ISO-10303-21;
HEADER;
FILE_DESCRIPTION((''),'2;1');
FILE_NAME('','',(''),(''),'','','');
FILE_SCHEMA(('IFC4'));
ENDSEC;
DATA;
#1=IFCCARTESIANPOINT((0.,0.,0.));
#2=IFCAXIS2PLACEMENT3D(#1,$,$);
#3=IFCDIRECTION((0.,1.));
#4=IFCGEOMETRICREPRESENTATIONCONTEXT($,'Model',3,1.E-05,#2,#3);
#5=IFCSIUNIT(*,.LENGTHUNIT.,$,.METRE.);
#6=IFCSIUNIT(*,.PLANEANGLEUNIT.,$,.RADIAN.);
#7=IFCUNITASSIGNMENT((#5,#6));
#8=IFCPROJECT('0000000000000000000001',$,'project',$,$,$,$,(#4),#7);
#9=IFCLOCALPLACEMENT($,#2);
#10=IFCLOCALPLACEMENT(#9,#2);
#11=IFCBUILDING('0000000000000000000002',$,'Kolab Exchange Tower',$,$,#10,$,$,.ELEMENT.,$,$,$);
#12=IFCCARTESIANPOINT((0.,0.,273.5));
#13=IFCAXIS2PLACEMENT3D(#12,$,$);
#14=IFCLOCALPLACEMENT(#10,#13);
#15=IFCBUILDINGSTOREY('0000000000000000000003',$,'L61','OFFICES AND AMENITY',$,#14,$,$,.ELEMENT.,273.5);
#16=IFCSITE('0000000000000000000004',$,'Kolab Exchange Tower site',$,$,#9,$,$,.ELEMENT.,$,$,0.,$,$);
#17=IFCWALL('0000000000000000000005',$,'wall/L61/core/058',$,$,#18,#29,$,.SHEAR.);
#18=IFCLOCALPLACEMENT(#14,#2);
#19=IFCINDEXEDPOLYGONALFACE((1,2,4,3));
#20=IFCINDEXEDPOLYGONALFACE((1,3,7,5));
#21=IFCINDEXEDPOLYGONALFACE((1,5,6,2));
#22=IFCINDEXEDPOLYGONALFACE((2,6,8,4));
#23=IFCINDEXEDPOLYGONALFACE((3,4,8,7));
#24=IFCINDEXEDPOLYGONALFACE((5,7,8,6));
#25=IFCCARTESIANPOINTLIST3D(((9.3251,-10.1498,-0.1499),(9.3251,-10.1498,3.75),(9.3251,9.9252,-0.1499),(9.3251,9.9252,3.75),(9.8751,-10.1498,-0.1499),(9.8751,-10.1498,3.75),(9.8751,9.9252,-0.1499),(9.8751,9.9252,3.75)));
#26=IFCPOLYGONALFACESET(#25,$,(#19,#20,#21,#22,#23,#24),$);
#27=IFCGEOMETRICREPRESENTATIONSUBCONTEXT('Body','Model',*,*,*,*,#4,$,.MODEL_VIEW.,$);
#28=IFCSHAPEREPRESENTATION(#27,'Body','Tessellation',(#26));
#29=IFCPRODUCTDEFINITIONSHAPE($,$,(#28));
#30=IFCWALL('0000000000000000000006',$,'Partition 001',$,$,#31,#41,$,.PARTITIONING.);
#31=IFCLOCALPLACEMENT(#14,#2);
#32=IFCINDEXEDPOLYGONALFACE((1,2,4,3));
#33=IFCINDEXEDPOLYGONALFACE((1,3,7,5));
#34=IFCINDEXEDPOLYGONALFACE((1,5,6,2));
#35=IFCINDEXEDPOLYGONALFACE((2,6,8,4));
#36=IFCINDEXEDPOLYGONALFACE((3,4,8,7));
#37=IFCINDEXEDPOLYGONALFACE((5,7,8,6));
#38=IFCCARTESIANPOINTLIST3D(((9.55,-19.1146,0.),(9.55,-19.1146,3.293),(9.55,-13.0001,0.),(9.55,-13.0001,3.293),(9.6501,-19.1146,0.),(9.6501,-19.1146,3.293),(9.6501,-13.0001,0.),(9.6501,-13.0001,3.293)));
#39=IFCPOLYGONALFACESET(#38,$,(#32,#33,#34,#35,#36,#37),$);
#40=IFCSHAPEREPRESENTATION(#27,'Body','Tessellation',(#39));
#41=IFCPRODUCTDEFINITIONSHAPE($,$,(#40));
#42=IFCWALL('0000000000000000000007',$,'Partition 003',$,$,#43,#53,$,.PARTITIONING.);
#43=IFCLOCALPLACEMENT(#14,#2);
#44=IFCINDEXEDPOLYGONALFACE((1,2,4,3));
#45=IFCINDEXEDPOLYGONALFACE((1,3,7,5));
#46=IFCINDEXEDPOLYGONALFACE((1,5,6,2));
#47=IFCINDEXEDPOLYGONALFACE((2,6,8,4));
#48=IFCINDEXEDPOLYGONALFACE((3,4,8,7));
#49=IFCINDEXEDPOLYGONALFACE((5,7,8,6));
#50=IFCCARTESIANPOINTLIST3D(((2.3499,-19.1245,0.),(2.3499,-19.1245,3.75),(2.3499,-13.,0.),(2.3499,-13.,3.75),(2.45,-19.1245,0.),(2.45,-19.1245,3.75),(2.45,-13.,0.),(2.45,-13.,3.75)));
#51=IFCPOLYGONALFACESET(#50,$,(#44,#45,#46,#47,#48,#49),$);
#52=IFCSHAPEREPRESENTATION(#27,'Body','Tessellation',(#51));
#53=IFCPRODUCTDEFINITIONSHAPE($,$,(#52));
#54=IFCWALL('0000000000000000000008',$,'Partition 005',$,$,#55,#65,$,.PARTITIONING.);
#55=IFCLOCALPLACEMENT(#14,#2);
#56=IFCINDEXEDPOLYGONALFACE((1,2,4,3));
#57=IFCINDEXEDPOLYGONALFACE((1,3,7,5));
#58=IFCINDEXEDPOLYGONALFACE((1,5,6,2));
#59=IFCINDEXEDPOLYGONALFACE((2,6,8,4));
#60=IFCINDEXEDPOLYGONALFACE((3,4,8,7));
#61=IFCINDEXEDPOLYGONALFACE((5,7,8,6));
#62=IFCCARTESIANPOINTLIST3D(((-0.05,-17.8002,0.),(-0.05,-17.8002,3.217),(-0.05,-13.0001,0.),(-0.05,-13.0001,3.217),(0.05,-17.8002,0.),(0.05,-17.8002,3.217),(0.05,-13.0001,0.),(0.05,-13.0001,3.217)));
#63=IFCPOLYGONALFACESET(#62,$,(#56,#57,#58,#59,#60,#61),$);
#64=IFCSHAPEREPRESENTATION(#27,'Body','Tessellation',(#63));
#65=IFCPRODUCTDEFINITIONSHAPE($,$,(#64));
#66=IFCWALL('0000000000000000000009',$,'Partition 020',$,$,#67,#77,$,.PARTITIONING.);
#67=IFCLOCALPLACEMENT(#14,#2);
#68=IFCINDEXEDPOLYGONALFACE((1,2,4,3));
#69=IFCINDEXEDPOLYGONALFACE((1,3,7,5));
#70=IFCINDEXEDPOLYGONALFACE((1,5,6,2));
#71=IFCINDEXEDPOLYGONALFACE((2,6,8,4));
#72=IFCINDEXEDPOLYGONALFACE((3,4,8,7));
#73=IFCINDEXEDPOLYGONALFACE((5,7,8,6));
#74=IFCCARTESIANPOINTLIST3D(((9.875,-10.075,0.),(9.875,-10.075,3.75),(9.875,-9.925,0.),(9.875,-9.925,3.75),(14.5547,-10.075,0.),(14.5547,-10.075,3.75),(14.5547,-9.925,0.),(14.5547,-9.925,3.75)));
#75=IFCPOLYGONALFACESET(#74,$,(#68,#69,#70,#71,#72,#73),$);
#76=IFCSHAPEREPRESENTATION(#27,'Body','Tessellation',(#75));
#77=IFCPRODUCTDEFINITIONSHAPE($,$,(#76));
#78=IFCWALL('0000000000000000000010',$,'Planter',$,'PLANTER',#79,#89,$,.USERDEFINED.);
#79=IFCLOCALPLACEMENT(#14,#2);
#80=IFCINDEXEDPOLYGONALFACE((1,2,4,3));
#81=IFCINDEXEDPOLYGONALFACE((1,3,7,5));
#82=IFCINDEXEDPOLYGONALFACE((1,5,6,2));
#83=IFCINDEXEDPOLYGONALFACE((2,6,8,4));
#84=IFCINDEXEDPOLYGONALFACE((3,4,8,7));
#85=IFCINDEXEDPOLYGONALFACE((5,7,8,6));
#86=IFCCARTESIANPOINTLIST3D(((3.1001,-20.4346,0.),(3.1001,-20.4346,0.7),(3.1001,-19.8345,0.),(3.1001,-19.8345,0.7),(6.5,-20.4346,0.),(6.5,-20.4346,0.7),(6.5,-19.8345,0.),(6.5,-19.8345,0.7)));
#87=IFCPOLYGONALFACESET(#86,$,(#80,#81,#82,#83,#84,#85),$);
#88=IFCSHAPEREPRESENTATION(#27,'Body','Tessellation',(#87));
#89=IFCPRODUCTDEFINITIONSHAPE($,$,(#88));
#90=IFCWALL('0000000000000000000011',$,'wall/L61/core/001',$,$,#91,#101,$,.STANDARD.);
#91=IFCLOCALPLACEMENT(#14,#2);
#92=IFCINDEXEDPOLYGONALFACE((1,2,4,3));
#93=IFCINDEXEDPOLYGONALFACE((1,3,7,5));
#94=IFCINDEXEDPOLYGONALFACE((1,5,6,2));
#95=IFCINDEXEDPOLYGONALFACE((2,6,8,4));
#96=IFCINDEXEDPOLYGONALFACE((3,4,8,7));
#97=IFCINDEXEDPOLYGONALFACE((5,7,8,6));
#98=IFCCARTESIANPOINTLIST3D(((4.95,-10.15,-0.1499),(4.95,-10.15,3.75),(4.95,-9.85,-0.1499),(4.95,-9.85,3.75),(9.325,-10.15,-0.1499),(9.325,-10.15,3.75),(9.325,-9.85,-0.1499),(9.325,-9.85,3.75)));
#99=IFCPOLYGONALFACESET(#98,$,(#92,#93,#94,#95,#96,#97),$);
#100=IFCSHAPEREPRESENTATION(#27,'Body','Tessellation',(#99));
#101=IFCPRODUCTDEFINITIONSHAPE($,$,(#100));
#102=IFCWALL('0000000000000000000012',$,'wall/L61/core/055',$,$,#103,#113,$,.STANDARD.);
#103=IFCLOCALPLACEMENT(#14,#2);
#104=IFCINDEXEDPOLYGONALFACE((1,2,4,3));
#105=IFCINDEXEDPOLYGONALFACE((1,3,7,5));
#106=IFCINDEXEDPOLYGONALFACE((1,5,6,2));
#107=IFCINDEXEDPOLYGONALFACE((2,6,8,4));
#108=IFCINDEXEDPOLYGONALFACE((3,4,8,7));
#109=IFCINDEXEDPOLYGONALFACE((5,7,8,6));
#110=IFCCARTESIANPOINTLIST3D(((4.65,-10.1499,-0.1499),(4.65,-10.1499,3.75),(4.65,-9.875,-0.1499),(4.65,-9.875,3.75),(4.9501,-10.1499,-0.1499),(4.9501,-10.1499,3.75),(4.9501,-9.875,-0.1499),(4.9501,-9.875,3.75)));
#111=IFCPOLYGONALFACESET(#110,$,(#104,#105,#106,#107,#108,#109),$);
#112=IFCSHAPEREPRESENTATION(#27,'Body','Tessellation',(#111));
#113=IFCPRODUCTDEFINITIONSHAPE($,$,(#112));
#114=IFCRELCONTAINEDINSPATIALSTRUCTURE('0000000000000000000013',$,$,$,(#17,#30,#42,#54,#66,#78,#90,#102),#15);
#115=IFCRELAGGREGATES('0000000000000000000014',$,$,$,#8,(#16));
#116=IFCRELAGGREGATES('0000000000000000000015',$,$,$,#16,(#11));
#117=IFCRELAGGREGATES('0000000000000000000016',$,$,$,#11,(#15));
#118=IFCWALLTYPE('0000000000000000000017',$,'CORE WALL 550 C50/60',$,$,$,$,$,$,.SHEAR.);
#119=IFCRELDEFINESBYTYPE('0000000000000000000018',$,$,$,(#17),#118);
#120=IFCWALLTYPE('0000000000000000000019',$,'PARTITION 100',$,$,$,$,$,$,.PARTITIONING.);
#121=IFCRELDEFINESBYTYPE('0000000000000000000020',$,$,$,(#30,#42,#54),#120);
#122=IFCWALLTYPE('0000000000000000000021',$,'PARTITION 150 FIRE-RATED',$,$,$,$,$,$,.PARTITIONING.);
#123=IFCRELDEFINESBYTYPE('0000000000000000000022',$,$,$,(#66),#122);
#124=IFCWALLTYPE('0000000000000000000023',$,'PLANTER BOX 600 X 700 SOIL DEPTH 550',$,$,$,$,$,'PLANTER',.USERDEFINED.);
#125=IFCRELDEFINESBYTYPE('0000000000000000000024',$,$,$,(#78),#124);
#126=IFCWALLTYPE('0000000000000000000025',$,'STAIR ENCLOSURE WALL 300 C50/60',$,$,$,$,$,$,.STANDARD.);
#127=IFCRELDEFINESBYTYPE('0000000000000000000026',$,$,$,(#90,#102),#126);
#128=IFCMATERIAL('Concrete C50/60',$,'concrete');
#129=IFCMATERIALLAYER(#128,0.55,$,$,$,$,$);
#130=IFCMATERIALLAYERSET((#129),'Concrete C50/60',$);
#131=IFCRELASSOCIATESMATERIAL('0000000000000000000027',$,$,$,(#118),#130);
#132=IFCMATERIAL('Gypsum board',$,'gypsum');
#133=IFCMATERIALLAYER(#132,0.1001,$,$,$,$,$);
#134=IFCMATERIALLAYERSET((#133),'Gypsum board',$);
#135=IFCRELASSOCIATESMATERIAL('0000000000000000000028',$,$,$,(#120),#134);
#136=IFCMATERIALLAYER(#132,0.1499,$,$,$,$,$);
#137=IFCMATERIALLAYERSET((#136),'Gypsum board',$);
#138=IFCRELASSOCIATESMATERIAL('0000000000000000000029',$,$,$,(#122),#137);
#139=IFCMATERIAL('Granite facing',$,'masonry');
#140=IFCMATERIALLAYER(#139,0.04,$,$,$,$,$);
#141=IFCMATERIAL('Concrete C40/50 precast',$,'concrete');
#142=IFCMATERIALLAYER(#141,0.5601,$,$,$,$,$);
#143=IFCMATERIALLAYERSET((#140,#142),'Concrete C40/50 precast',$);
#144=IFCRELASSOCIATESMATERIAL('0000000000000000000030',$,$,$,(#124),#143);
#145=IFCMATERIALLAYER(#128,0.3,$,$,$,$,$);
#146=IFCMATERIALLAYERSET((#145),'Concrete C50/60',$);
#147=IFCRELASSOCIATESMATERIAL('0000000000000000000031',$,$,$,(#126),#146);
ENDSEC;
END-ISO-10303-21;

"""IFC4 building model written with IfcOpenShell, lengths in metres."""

from ifc_helpers import new_model, si_unit, direction, frame, frame_2d, origin, place, context, subcontext, project, spatial, rectangle, extrude, material, layer, layer_set, type_object, element, save


model = new_model("IFC4")

# Units and contexts
model_context = context("Model", 3, precision=1e-05, world=origin(), true_north=direction((0.0, 1.0)))
body_context = subcontext(model_context, "Body", "Model", "MODEL_VIEW")
ifc_project = project(units=[si_unit("LENGTHUNIT", "METRE"), si_unit("PLANEANGLEUNIT", "RADIAN")], contexts=[model_context])

# Site, building, storey
site_placement = place(None, origin())
site = spatial("IfcSite", under=ifc_project, at=site_placement, Name="Kolab Exchange Tower site", CompositionType="ELEMENT", RefElevation=0.0)
building_placement = place(site_placement, origin())
building = spatial("IfcBuilding", under=site, at=building_placement, Name="Kolab Exchange Tower", CompositionType="ELEMENT")
storey_placement = place(building_placement, frame((0.0, 0.0, 273.5)))
storey = spatial("IfcBuildingStorey", under=building, at=storey_placement, Name="L61", Description="OFFICES AND AMENITY", CompositionType="ELEMENT", Elevation=273.5)

# Shared definitions
ifc_material_1 = material(Name="Concrete C50/60", Category="concrete")

# Wall
ifc_layer_1 = layer(ifc_material_1, 0.55)
ifc_layer_set_1 = layer_set([ifc_layer_1], Name="Concrete C50/60")
wall_type_1 = type_object("IfcWallType", Name="CORE WALL 550 C50/60", PredefinedType="SHEAR", material=ifc_layer_set_1)
wall_1_placement = place(storey_placement, frame((9.6001, -10.1499, -0.1499), z_axis=(0.0, 0.0, 1.0), x_axis=(0.0, 1.0, 0.0)))
element("IfcWall", 1, at=wall_1_placement, inside=storey, type_object=wall_type_1, Name="wall/L61/core/058", PredefinedType="SHEAR", context=body_context, shape_type="SweptSolid", body=[
    extrude(rectangle(XDim=20.075, YDim=0.55, at=frame_2d((10.0376, 0.0))), origin(), (0.0, 0.0, 1.0), 3.8999),
])

# Walls
ifc_material_2 = material(Name="Gypsum board", Category="gypsum")
ifc_layer_2 = layer(ifc_material_2, 0.1001)
ifc_layer_set_2 = layer_set([ifc_layer_2], Name="Gypsum board")
wall_type_2 = type_object("IfcWallType", Name="PARTITION 100", PredefinedType="PARTITIONING", material=ifc_layer_set_2)
wall_2_placement = place(storey_placement, frame((9.6001, -19.1145, 0.0), z_axis=(0.0, 0.0, 1.0), x_axis=(0.0, 1.0, 0.0)))
element("IfcWall", 2, at=wall_2_placement, inside=storey, type_object=wall_type_2, Name="Partition 001", PredefinedType="PARTITIONING", context=body_context, shape_type="SweptSolid", body=[
    extrude(rectangle(XDim=6.1145, YDim=0.1001, at=frame_2d((3.0571, 0.0))), origin(), (0.0, 0.0, 1.0), 3.293),
])
wall_3_placement = place(storey_placement, frame((2.3999, -19.1245, 0.0), z_axis=(0.0, 0.0, 1.0), x_axis=(0.0, 1.0, 0.0)))
element("IfcWall", 3, at=wall_3_placement, inside=storey, type_object=wall_type_2, Name="Partition 003", PredefinedType="PARTITIONING", context=body_context, shape_type="SweptSolid", body=[
    extrude(rectangle(XDim=6.1245, YDim=0.1001, at=frame_2d((3.0623, 0.0))), origin(), (0.0, 0.0, 1.0), 3.75),
])
wall_4_placement = place(storey_placement, frame((0.0, -17.8, 0.0), z_axis=(0.0, 0.0, 1.0), x_axis=(0.0, 1.0, 0.0)))
element("IfcWall", 4, at=wall_4_placement, inside=storey, type_object=wall_type_2, Name="Partition 005", PredefinedType="PARTITIONING", context=body_context, shape_type="SweptSolid", body=[
    extrude(rectangle(XDim=4.8, YDim=0.1001, at=frame_2d((2.3999, 0.0))), origin(), (0.0, 0.0, 1.0), 3.217),
])
ifc_layer_3 = layer(ifc_material_2, 0.1499)
ifc_layer_set_3 = layer_set([ifc_layer_3], Name="Gypsum board")
wall_type_3 = type_object("IfcWallType", Name="PARTITION 150 FIRE-RATED", PredefinedType="PARTITIONING", material=ifc_layer_set_3)
wall_5_placement = place(storey_placement, frame((9.875, -10.0, 0.0), z_axis=(0.0, 0.0, 1.0), x_axis=(1.0, 0.0, 0.0)))
element("IfcWall", 5, at=wall_5_placement, inside=storey, type_object=wall_type_3, Name="Partition 020", PredefinedType="PARTITIONING", context=body_context, shape_type="SweptSolid", body=[
    extrude(rectangle(XDim=4.6797, YDim=0.1499, at=frame_2d((2.3398, 0.0))), origin(), (0.0, 0.0, 1.0), 3.75),
])
ifc_material_3 = material(Name="Granite facing", Category="masonry")
ifc_layer_4 = layer(ifc_material_3, 0.04)
ifc_material_4 = material(Name="Concrete C40/50 precast", Category="concrete")
ifc_layer_5 = layer(ifc_material_4, 0.5601)
ifc_layer_set_4 = layer_set([ifc_layer_4, ifc_layer_5], Name="Concrete C40/50 precast")
wall_type_4 = type_object("IfcWallType", Name="PLANTER BOX 600 X 700 SOIL DEPTH 550", ElementType="PLANTER", PredefinedType="USERDEFINED", material=ifc_layer_set_4)
wall_6_placement = place(storey_placement, frame((6.5, -20.1345, 0.0), z_axis=(0.0, 0.0, 1.0), x_axis=(-1.0, 0.0, 0.0)))
element("IfcWall", 6, at=wall_6_placement, inside=storey, type_object=wall_type_4, Name="Planter", ObjectType="PLANTER", PredefinedType="USERDEFINED", context=body_context, shape_type="SweptSolid", body=[
    extrude(rectangle(XDim=3.3999, YDim=0.6001, at=frame_2d((1.7, 0.0))), origin(), (0.0, 0.0, 1.0), 0.7),
])
ifc_layer_6 = layer(ifc_material_1, 0.3)
ifc_layer_set_5 = layer_set([ifc_layer_6], Name="Concrete C50/60")
wall_type_5 = type_object("IfcWallType", Name="STAIR ENCLOSURE WALL 300 C50/60", PredefinedType="STANDARD", material=ifc_layer_set_5)
wall_7_placement = place(storey_placement, frame((4.95, -10.0, -0.1499), z_axis=(0.0, 0.0, 1.0), x_axis=(1.0, 0.0, 0.0)))
element("IfcWall", 7, at=wall_7_placement, inside=storey, type_object=wall_type_5, Name="wall/L61/core/001", PredefinedType="STANDARD", context=body_context, shape_type="SweptSolid", body=[
    extrude(rectangle(XDim=4.375, YDim=0.3, at=frame_2d((2.1875, 0.0))), origin(), (0.0, 0.0, 1.0), 3.8999),
])
wall_8_placement = place(storey_placement, frame((4.8, -10.1499, -0.1499), z_axis=(0.0, 0.0, 1.0), x_axis=(0.0, 1.0, 0.0)))
element("IfcWall", 8, at=wall_8_placement, inside=storey, type_object=wall_type_5, Name="wall/L61/core/055", PredefinedType="STANDARD", context=body_context, shape_type="SweptSolid", body=[
    extrude(rectangle(XDim=0.2749, YDim=0.3, at=frame_2d((0.1375, 0.0))), origin(), (0.0, 0.0, 1.0), 3.8999),
])

save(model, "model.ifc")
